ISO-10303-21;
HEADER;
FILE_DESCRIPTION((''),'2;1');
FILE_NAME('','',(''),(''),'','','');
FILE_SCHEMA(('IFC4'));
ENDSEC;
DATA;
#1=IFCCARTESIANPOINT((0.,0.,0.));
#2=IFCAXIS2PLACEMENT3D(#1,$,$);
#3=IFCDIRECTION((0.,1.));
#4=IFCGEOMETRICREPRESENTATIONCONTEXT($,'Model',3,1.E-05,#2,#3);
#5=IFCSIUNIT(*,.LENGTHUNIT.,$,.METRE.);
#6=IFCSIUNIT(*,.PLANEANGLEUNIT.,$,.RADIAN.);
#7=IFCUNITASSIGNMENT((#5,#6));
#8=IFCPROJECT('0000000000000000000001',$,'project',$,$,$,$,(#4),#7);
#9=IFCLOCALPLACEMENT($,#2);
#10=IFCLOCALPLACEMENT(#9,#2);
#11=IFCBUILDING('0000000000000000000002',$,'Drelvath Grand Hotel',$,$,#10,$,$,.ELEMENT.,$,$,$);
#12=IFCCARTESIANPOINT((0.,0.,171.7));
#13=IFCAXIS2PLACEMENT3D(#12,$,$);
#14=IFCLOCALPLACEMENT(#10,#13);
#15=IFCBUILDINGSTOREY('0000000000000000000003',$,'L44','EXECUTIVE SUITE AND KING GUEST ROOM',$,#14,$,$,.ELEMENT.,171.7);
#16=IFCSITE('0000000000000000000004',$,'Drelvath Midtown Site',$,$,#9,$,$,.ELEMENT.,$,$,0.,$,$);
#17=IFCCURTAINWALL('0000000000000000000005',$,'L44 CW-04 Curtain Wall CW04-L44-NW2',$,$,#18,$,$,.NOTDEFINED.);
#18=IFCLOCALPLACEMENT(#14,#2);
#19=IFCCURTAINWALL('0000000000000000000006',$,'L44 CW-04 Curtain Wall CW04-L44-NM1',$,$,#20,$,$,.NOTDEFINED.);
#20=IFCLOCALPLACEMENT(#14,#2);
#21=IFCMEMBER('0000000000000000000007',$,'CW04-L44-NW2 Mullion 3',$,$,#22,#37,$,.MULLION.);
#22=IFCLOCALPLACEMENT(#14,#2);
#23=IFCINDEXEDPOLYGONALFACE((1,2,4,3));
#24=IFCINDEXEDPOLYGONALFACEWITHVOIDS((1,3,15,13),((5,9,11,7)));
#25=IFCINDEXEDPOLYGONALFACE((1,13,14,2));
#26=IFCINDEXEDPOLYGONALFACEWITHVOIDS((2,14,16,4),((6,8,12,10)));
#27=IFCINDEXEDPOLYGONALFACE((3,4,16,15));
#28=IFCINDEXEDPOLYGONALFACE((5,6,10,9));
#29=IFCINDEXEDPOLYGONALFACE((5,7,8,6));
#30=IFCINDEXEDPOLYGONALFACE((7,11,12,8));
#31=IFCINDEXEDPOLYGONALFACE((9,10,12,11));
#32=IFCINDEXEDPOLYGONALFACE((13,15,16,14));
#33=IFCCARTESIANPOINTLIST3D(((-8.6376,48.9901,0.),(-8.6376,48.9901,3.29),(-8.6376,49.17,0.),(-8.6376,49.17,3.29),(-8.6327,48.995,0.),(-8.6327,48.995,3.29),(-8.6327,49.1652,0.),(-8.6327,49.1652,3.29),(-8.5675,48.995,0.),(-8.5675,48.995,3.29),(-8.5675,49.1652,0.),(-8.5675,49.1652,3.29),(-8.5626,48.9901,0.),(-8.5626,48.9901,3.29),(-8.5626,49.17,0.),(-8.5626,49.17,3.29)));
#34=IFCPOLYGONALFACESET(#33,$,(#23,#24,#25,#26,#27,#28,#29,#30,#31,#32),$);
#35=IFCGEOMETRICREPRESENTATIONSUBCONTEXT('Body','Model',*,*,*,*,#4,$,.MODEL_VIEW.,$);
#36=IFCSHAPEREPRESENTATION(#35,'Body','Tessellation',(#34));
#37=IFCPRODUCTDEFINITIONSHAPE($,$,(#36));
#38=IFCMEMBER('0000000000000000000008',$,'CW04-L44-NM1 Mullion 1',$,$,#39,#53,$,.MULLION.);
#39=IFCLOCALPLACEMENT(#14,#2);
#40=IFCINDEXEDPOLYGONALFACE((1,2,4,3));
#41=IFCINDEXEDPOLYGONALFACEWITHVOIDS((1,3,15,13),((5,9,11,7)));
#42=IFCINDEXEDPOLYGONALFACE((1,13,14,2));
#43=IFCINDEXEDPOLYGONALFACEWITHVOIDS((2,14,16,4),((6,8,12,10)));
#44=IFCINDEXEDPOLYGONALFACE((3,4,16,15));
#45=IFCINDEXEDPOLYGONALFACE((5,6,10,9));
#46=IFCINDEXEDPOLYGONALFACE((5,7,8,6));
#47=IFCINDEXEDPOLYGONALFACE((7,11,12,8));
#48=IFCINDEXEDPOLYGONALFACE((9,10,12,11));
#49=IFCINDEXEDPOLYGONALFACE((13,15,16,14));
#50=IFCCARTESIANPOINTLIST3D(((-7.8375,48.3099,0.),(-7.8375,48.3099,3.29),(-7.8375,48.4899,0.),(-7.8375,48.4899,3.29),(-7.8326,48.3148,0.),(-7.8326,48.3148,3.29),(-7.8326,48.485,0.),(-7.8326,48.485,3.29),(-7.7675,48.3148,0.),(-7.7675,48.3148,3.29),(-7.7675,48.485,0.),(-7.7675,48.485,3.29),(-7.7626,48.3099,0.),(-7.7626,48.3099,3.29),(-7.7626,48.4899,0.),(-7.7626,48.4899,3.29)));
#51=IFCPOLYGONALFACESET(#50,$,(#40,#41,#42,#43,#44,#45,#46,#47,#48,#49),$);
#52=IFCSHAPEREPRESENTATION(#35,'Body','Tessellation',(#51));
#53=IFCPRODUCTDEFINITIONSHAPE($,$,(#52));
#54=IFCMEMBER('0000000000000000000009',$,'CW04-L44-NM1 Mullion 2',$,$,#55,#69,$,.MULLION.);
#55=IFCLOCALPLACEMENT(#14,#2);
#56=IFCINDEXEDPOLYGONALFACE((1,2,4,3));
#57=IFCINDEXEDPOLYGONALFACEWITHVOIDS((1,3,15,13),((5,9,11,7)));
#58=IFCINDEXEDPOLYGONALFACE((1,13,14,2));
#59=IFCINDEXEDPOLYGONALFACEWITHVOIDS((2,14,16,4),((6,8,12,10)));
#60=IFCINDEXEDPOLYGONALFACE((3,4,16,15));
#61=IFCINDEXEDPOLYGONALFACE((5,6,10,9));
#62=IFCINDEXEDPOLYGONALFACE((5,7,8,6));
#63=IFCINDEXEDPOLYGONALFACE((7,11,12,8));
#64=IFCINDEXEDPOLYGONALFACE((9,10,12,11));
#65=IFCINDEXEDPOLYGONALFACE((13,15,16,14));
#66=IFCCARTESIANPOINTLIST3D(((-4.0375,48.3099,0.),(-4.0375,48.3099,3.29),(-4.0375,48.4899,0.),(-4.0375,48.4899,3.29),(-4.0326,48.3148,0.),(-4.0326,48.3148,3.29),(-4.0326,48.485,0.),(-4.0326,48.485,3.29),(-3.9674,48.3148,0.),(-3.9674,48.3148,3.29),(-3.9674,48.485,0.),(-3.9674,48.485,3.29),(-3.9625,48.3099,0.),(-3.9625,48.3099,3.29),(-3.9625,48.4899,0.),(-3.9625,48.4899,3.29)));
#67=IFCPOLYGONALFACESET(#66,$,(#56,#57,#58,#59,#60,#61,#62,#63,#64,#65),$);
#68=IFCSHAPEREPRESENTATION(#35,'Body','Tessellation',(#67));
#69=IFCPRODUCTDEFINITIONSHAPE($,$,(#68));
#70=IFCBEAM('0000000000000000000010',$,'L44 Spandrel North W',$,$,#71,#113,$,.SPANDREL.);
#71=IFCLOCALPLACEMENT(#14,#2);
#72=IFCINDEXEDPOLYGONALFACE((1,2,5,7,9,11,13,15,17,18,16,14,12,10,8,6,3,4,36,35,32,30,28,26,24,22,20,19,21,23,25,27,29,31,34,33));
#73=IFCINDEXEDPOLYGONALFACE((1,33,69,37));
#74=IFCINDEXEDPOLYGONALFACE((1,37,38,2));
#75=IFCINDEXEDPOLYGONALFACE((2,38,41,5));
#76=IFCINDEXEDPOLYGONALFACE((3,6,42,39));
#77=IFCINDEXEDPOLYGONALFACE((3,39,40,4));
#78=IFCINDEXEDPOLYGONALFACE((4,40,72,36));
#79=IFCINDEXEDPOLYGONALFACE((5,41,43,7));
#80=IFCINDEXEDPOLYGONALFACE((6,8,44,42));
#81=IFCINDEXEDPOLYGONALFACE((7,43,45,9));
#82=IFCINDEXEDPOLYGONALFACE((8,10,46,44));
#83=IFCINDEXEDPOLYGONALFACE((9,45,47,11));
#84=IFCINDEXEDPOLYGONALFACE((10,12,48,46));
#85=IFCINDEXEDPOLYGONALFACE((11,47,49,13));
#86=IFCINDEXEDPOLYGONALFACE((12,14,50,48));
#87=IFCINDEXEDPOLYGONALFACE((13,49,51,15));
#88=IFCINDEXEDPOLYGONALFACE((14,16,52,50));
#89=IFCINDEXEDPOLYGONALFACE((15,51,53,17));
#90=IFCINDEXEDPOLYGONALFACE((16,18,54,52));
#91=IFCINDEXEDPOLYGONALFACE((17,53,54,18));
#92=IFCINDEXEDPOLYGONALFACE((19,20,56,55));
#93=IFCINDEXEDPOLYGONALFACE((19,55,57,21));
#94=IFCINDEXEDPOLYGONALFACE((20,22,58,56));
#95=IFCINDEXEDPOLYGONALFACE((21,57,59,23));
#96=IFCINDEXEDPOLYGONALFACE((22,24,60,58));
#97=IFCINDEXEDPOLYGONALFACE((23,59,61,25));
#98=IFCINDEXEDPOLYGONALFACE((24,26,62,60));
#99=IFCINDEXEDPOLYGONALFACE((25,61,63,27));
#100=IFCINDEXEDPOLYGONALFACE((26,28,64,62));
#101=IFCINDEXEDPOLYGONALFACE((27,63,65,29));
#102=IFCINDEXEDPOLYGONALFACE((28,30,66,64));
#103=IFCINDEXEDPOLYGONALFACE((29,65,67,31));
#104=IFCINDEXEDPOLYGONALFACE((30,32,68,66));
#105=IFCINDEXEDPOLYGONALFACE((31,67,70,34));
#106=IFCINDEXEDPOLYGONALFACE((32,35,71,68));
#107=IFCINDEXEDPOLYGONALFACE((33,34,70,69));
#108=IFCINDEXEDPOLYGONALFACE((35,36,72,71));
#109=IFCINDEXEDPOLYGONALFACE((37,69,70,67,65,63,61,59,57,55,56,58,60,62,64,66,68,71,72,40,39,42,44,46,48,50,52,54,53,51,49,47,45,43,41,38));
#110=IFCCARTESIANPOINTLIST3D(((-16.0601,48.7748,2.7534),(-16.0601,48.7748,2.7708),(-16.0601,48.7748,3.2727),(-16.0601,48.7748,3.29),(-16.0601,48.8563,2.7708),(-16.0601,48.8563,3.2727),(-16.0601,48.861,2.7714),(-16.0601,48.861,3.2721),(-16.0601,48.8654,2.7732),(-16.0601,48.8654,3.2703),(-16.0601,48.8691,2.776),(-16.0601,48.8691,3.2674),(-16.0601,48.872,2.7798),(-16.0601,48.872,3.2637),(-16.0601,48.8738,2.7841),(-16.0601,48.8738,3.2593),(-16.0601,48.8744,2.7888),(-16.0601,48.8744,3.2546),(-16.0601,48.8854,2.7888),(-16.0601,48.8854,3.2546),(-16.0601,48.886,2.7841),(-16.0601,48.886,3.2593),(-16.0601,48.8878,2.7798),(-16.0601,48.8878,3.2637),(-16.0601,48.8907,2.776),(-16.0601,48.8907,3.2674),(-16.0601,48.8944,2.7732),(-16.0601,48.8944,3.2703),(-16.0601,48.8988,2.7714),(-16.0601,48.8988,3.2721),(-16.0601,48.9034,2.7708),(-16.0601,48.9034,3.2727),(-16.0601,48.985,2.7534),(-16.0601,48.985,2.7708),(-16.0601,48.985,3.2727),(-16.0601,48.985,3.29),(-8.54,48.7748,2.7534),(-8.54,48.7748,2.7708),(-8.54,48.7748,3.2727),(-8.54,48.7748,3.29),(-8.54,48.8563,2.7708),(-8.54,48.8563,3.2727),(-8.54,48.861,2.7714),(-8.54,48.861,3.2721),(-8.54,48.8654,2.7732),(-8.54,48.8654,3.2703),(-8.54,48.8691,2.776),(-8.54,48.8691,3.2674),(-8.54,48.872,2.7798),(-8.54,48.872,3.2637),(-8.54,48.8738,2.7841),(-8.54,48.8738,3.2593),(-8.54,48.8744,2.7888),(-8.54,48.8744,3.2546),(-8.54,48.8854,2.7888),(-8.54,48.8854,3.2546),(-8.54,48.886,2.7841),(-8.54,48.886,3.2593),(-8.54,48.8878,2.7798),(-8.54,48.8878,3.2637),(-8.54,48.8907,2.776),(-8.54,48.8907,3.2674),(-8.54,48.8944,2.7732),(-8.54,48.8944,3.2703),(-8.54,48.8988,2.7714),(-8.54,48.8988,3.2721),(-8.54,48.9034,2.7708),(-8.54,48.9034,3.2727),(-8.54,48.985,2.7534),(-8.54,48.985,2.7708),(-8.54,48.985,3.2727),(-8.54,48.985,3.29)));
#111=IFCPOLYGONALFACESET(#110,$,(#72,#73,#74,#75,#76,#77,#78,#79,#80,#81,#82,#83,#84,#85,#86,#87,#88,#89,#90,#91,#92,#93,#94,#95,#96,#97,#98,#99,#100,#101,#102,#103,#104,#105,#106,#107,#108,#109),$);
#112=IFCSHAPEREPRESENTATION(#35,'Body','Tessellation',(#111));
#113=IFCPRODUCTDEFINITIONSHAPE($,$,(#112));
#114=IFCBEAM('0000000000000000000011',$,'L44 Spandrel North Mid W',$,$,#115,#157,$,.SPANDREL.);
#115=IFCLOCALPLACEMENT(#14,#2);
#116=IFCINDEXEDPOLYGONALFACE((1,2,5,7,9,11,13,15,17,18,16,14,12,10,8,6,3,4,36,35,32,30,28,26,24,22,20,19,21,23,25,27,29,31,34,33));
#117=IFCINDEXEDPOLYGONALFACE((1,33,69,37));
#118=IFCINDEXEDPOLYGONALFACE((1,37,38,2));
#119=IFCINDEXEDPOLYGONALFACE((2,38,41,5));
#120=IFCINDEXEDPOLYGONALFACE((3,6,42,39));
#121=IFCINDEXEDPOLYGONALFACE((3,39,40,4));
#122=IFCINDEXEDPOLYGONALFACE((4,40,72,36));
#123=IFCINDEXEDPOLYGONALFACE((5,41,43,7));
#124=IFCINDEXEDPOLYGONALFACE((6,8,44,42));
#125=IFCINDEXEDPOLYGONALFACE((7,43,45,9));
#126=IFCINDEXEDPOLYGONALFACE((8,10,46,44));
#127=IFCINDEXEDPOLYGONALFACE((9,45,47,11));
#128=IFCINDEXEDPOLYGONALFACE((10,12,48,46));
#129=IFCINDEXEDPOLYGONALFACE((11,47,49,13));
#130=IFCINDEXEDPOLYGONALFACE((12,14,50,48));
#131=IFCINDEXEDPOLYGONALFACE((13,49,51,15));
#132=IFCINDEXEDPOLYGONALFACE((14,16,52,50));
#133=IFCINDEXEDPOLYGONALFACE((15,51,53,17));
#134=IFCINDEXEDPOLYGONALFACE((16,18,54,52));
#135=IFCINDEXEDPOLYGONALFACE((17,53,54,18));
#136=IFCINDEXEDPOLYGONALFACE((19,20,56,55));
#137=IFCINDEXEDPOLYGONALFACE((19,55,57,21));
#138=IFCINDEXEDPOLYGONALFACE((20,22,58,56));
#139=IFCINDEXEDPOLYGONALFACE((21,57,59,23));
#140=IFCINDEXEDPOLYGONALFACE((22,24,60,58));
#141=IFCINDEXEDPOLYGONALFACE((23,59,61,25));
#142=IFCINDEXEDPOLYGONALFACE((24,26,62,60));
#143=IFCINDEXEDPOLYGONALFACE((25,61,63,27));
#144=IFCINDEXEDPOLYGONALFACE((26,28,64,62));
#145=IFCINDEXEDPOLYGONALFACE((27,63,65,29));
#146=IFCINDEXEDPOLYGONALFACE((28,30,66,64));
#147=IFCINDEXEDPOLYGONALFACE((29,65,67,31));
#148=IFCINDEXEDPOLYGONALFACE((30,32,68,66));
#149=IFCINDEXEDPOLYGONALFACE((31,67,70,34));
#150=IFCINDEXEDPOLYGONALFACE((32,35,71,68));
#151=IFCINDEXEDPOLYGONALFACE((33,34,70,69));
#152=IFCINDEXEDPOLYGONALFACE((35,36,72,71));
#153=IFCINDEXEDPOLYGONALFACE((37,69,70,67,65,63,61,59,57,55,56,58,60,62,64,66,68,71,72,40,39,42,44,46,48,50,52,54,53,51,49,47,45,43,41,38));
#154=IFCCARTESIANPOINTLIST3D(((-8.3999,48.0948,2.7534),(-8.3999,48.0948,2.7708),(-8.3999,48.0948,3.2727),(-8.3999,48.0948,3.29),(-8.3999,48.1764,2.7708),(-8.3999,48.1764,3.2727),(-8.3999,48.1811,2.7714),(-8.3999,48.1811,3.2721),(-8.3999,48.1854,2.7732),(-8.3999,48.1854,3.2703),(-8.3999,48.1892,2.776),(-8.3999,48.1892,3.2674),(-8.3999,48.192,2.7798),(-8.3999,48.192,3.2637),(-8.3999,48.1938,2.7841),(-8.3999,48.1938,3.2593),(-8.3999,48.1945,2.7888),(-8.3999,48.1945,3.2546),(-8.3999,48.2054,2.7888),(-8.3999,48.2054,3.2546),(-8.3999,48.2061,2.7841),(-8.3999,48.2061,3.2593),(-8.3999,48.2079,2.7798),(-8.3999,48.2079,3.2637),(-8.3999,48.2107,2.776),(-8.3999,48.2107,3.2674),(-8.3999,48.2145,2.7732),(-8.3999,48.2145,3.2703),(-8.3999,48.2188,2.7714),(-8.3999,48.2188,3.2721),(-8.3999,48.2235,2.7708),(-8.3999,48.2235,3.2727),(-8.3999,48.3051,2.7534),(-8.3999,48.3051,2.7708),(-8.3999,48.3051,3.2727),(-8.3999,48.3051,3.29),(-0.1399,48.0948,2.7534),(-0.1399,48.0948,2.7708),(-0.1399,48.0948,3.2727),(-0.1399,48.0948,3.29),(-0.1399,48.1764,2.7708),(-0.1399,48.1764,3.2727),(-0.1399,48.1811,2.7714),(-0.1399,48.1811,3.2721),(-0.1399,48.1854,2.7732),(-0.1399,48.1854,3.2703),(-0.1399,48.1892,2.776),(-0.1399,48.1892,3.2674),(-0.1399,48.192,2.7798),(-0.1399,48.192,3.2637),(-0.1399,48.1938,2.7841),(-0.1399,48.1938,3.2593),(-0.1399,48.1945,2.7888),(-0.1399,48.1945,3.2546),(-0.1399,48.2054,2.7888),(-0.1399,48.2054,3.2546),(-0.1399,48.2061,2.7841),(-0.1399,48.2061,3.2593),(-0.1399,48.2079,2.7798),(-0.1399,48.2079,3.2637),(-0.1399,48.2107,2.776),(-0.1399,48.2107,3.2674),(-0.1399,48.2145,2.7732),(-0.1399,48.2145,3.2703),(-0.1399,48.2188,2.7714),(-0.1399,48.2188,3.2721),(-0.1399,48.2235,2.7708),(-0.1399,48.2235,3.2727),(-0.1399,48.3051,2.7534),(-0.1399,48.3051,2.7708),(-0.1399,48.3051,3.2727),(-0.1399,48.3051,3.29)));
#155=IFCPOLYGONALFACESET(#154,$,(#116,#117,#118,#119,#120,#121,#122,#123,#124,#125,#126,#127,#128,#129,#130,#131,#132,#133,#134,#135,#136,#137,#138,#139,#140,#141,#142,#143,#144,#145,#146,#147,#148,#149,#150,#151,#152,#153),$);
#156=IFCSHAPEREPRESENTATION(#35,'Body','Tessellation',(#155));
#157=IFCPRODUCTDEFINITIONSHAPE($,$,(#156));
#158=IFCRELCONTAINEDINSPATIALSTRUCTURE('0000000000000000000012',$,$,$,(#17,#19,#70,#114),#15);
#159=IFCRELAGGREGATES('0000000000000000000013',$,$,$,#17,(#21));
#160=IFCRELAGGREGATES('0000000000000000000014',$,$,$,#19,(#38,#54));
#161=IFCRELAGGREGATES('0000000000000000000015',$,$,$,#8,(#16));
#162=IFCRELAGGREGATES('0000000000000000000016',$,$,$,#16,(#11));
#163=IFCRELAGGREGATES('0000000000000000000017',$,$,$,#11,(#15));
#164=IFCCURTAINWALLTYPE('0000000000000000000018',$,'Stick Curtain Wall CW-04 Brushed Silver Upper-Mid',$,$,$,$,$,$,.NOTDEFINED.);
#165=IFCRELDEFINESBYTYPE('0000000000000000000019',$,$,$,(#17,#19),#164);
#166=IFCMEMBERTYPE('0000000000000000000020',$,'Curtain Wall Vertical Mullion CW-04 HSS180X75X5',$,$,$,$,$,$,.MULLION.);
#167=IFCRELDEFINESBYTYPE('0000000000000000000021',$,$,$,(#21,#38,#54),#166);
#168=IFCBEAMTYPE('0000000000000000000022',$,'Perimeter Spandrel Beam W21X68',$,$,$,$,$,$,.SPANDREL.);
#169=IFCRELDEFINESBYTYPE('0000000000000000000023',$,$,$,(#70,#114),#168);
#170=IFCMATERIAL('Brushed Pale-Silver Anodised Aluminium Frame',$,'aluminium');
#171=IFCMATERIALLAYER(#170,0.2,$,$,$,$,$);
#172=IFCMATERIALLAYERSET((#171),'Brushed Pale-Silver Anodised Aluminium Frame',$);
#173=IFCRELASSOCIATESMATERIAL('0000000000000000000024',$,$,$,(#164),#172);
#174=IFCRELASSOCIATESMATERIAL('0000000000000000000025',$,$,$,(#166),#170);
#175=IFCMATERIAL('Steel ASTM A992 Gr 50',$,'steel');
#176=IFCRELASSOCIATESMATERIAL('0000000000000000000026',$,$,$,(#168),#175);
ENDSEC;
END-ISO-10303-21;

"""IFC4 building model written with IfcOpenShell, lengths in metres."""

from ifc_helpers import new_model, si_unit, direction, frame, origin, origin_2d, place, context, subcontext, project, spatial, hollow_rectangle, i_section, extrude, material, layer, layer_set, material_profile, profile_set, type_object, element, aggregate, save


model = new_model("IFC4")

# Units and contexts
model_context = context("Model", 3, precision=1e-05, world=origin(), true_north=direction((0.0, 1.0)))
body_context = subcontext(model_context, "Body", "Model", "MODEL_VIEW")
ifc_project = project(units=[si_unit("LENGTHUNIT", "METRE"), si_unit("PLANEANGLEUNIT", "RADIAN")], contexts=[model_context])

# Site, building, storey
site_placement = place(None, origin())
site = spatial("IfcSite", under=ifc_project, at=site_placement, Name="Drelvath Midtown Site", CompositionType="ELEMENT", RefElevation=0.0)
building_placement = place(site_placement, origin())
building = spatial("IfcBuilding", under=site, at=building_placement, Name="Drelvath Grand Hotel", CompositionType="ELEMENT")
storey_placement = place(building_placement, frame((0.0, 0.0, 171.7)))
storey = spatial("IfcBuildingStorey", under=building, at=storey_placement, Name="L44", Description="EXECUTIVE SUITE AND KING GUEST ROOM", CompositionType="ELEMENT", Elevation=171.7)

# Curtain walls
ifc_material_1 = material(Name="Brushed Pale-Silver Anodised Aluminium Frame", Category="aluminium")
ifc_layer_1 = layer(ifc_material_1, 0.2)
ifc_layer_set_1 = layer_set([ifc_layer_1], Name="Brushed Pale-Silver Anodised Aluminium Frame")
curtain_wall_type = type_object("IfcCurtainWallType", Name="Stick Curtain Wall CW-04 Brushed Silver Upper-Mid", PredefinedType="NOTDEFINED", material=ifc_layer_set_1)
curtain_wall_1_placement = place(storey_placement, origin())
curtain_wall_1 = element("IfcCurtainWall", 1, at=curtain_wall_1_placement, inside=storey, type_object=curtain_wall_type, Name="L44 CW-04 Curtain Wall CW04-L44-NW2", PredefinedType="NOTDEFINED")
curtain_wall_2_placement = place(storey_placement, origin())
curtain_wall_2 = element("IfcCurtainWall", 2, at=curtain_wall_2_placement, inside=storey, type_object=curtain_wall_type, Name="L44 CW-04 Curtain Wall CW04-L44-NM1", PredefinedType="NOTDEFINED")

# Members
ifc_material_profile_1 = material_profile(ifc_material_1, hollow_rectangle(XDim=0.075, YDim=0.1799, WallThickness=0.0049, at=origin_2d()), Name="HSS180X75X5")
ifc_profile_set_1 = profile_set([ifc_material_profile_1], Name="Brushed Pale-Silver Anodised Aluminium Frame")
member_type_1 = type_object("IfcMemberType", Name="Curtain Wall Vertical Mullion CW-04 HSS180X75X5", PredefinedType="MULLION", material=ifc_profile_set_1)
member_1_placement = place(storey_placement, frame((-8.6001, 49.0801, 0.0), z_axis=(0.0, 0.0, 1.0), x_axis=(1.0, 0.0, 0.0)))
member_1 = element("IfcMember", 3, at=member_1_placement, type_object=member_type_1, Name="CW04-L44-NW2 Mullion 3", PredefinedType="MULLION", context=body_context, shape_type="SweptSolid", body=[
    extrude(hollow_rectangle(XDim=0.075, YDim=0.1799, WallThickness=0.0049, at=origin_2d()), origin(), (0.0, 0.0, 1.0), 3.29),
])
member_2_placement = place(storey_placement, frame((-7.8, 48.3999, 0.0), z_axis=(0.0, 0.0, 1.0), x_axis=(1.0, 0.0, 0.0)))
member_2 = element("IfcMember", 4, at=member_2_placement, type_object=member_type_1, Name="CW04-L44-NM1 Mullion 1", PredefinedType="MULLION", context=body_context, shape_type="SweptSolid", body=[
    extrude(hollow_rectangle(XDim=0.075, YDim=0.1799, WallThickness=0.0049, at=origin_2d()), origin(), (0.0, 0.0, 1.0), 3.29),
])
member_3_placement = place(storey_placement, frame((-4.0, 48.3999, 0.0), z_axis=(0.0, 0.0, 1.0), x_axis=(1.0, 0.0, 0.0)))
member_3 = element("IfcMember", 5, at=member_3_placement, type_object=member_type_1, Name="CW04-L44-NM1 Mullion 2", PredefinedType="MULLION", context=body_context, shape_type="SweptSolid", body=[
    extrude(hollow_rectangle(XDim=0.075, YDim=0.1799, WallThickness=0.0049, at=origin_2d()), origin(), (0.0, 0.0, 1.0), 3.29),
])

# Beams
ifc_material_2 = material(Name="Steel ASTM A992 Gr 50", Category="steel")
ifc_material_profile_2 = material_profile(ifc_material_2, i_section(OverallWidth=0.2102, OverallDepth=0.5366, WebThickness=0.011, FlangeThickness=0.0173, FilletRadius=0.0181, at=origin_2d()), Name="W21X68")
ifc_profile_set_2 = profile_set([ifc_material_profile_2], Name="Steel ASTM A992 Gr 50")
beam_type_1 = type_object("IfcBeamType", Name="Perimeter Spandrel Beam W21X68", PredefinedType="SPANDREL", material=ifc_profile_set_2)
beam_1_placement = place(storey_placement, frame((-16.0601, 48.8799, 3.0217), z_axis=(1.0, 0.0, 0.0), x_axis=(0.0, 1.0, 0.0)))
element("IfcBeam", 6, at=beam_1_placement, inside=storey, type_object=beam_type_1, Name="L44 Spandrel North W", PredefinedType="SPANDREL", context=body_context, shape_type="SweptSolid", body=[
    extrude(i_section(OverallWidth=0.2102, OverallDepth=0.5366, WebThickness=0.011, FlangeThickness=0.0173, FilletRadius=0.0181, at=origin_2d()), origin(), (0.0, 0.0, 1.0), 7.52),
])
beam_2_placement = place(storey_placement, frame((-8.3999, 48.2, 3.0217), z_axis=(1.0, 0.0, 0.0), x_axis=(0.0, 1.0, 0.0)))
element("IfcBeam", 7, at=beam_2_placement, inside=storey, type_object=beam_type_1, Name="L44 Spandrel North Mid W", PredefinedType="SPANDREL", context=body_context, shape_type="SweptSolid", body=[
    extrude(i_section(OverallWidth=0.2102, OverallDepth=0.5366, WebThickness=0.011, FlangeThickness=0.0173, FilletRadius=0.0181, at=origin_2d()), origin(), (0.0, 0.0, 1.0), 8.26),
])

aggregate(curtain_wall_1, [member_1])
aggregate(curtain_wall_2, [member_2, member_3])

save(model, "model.ifc")
